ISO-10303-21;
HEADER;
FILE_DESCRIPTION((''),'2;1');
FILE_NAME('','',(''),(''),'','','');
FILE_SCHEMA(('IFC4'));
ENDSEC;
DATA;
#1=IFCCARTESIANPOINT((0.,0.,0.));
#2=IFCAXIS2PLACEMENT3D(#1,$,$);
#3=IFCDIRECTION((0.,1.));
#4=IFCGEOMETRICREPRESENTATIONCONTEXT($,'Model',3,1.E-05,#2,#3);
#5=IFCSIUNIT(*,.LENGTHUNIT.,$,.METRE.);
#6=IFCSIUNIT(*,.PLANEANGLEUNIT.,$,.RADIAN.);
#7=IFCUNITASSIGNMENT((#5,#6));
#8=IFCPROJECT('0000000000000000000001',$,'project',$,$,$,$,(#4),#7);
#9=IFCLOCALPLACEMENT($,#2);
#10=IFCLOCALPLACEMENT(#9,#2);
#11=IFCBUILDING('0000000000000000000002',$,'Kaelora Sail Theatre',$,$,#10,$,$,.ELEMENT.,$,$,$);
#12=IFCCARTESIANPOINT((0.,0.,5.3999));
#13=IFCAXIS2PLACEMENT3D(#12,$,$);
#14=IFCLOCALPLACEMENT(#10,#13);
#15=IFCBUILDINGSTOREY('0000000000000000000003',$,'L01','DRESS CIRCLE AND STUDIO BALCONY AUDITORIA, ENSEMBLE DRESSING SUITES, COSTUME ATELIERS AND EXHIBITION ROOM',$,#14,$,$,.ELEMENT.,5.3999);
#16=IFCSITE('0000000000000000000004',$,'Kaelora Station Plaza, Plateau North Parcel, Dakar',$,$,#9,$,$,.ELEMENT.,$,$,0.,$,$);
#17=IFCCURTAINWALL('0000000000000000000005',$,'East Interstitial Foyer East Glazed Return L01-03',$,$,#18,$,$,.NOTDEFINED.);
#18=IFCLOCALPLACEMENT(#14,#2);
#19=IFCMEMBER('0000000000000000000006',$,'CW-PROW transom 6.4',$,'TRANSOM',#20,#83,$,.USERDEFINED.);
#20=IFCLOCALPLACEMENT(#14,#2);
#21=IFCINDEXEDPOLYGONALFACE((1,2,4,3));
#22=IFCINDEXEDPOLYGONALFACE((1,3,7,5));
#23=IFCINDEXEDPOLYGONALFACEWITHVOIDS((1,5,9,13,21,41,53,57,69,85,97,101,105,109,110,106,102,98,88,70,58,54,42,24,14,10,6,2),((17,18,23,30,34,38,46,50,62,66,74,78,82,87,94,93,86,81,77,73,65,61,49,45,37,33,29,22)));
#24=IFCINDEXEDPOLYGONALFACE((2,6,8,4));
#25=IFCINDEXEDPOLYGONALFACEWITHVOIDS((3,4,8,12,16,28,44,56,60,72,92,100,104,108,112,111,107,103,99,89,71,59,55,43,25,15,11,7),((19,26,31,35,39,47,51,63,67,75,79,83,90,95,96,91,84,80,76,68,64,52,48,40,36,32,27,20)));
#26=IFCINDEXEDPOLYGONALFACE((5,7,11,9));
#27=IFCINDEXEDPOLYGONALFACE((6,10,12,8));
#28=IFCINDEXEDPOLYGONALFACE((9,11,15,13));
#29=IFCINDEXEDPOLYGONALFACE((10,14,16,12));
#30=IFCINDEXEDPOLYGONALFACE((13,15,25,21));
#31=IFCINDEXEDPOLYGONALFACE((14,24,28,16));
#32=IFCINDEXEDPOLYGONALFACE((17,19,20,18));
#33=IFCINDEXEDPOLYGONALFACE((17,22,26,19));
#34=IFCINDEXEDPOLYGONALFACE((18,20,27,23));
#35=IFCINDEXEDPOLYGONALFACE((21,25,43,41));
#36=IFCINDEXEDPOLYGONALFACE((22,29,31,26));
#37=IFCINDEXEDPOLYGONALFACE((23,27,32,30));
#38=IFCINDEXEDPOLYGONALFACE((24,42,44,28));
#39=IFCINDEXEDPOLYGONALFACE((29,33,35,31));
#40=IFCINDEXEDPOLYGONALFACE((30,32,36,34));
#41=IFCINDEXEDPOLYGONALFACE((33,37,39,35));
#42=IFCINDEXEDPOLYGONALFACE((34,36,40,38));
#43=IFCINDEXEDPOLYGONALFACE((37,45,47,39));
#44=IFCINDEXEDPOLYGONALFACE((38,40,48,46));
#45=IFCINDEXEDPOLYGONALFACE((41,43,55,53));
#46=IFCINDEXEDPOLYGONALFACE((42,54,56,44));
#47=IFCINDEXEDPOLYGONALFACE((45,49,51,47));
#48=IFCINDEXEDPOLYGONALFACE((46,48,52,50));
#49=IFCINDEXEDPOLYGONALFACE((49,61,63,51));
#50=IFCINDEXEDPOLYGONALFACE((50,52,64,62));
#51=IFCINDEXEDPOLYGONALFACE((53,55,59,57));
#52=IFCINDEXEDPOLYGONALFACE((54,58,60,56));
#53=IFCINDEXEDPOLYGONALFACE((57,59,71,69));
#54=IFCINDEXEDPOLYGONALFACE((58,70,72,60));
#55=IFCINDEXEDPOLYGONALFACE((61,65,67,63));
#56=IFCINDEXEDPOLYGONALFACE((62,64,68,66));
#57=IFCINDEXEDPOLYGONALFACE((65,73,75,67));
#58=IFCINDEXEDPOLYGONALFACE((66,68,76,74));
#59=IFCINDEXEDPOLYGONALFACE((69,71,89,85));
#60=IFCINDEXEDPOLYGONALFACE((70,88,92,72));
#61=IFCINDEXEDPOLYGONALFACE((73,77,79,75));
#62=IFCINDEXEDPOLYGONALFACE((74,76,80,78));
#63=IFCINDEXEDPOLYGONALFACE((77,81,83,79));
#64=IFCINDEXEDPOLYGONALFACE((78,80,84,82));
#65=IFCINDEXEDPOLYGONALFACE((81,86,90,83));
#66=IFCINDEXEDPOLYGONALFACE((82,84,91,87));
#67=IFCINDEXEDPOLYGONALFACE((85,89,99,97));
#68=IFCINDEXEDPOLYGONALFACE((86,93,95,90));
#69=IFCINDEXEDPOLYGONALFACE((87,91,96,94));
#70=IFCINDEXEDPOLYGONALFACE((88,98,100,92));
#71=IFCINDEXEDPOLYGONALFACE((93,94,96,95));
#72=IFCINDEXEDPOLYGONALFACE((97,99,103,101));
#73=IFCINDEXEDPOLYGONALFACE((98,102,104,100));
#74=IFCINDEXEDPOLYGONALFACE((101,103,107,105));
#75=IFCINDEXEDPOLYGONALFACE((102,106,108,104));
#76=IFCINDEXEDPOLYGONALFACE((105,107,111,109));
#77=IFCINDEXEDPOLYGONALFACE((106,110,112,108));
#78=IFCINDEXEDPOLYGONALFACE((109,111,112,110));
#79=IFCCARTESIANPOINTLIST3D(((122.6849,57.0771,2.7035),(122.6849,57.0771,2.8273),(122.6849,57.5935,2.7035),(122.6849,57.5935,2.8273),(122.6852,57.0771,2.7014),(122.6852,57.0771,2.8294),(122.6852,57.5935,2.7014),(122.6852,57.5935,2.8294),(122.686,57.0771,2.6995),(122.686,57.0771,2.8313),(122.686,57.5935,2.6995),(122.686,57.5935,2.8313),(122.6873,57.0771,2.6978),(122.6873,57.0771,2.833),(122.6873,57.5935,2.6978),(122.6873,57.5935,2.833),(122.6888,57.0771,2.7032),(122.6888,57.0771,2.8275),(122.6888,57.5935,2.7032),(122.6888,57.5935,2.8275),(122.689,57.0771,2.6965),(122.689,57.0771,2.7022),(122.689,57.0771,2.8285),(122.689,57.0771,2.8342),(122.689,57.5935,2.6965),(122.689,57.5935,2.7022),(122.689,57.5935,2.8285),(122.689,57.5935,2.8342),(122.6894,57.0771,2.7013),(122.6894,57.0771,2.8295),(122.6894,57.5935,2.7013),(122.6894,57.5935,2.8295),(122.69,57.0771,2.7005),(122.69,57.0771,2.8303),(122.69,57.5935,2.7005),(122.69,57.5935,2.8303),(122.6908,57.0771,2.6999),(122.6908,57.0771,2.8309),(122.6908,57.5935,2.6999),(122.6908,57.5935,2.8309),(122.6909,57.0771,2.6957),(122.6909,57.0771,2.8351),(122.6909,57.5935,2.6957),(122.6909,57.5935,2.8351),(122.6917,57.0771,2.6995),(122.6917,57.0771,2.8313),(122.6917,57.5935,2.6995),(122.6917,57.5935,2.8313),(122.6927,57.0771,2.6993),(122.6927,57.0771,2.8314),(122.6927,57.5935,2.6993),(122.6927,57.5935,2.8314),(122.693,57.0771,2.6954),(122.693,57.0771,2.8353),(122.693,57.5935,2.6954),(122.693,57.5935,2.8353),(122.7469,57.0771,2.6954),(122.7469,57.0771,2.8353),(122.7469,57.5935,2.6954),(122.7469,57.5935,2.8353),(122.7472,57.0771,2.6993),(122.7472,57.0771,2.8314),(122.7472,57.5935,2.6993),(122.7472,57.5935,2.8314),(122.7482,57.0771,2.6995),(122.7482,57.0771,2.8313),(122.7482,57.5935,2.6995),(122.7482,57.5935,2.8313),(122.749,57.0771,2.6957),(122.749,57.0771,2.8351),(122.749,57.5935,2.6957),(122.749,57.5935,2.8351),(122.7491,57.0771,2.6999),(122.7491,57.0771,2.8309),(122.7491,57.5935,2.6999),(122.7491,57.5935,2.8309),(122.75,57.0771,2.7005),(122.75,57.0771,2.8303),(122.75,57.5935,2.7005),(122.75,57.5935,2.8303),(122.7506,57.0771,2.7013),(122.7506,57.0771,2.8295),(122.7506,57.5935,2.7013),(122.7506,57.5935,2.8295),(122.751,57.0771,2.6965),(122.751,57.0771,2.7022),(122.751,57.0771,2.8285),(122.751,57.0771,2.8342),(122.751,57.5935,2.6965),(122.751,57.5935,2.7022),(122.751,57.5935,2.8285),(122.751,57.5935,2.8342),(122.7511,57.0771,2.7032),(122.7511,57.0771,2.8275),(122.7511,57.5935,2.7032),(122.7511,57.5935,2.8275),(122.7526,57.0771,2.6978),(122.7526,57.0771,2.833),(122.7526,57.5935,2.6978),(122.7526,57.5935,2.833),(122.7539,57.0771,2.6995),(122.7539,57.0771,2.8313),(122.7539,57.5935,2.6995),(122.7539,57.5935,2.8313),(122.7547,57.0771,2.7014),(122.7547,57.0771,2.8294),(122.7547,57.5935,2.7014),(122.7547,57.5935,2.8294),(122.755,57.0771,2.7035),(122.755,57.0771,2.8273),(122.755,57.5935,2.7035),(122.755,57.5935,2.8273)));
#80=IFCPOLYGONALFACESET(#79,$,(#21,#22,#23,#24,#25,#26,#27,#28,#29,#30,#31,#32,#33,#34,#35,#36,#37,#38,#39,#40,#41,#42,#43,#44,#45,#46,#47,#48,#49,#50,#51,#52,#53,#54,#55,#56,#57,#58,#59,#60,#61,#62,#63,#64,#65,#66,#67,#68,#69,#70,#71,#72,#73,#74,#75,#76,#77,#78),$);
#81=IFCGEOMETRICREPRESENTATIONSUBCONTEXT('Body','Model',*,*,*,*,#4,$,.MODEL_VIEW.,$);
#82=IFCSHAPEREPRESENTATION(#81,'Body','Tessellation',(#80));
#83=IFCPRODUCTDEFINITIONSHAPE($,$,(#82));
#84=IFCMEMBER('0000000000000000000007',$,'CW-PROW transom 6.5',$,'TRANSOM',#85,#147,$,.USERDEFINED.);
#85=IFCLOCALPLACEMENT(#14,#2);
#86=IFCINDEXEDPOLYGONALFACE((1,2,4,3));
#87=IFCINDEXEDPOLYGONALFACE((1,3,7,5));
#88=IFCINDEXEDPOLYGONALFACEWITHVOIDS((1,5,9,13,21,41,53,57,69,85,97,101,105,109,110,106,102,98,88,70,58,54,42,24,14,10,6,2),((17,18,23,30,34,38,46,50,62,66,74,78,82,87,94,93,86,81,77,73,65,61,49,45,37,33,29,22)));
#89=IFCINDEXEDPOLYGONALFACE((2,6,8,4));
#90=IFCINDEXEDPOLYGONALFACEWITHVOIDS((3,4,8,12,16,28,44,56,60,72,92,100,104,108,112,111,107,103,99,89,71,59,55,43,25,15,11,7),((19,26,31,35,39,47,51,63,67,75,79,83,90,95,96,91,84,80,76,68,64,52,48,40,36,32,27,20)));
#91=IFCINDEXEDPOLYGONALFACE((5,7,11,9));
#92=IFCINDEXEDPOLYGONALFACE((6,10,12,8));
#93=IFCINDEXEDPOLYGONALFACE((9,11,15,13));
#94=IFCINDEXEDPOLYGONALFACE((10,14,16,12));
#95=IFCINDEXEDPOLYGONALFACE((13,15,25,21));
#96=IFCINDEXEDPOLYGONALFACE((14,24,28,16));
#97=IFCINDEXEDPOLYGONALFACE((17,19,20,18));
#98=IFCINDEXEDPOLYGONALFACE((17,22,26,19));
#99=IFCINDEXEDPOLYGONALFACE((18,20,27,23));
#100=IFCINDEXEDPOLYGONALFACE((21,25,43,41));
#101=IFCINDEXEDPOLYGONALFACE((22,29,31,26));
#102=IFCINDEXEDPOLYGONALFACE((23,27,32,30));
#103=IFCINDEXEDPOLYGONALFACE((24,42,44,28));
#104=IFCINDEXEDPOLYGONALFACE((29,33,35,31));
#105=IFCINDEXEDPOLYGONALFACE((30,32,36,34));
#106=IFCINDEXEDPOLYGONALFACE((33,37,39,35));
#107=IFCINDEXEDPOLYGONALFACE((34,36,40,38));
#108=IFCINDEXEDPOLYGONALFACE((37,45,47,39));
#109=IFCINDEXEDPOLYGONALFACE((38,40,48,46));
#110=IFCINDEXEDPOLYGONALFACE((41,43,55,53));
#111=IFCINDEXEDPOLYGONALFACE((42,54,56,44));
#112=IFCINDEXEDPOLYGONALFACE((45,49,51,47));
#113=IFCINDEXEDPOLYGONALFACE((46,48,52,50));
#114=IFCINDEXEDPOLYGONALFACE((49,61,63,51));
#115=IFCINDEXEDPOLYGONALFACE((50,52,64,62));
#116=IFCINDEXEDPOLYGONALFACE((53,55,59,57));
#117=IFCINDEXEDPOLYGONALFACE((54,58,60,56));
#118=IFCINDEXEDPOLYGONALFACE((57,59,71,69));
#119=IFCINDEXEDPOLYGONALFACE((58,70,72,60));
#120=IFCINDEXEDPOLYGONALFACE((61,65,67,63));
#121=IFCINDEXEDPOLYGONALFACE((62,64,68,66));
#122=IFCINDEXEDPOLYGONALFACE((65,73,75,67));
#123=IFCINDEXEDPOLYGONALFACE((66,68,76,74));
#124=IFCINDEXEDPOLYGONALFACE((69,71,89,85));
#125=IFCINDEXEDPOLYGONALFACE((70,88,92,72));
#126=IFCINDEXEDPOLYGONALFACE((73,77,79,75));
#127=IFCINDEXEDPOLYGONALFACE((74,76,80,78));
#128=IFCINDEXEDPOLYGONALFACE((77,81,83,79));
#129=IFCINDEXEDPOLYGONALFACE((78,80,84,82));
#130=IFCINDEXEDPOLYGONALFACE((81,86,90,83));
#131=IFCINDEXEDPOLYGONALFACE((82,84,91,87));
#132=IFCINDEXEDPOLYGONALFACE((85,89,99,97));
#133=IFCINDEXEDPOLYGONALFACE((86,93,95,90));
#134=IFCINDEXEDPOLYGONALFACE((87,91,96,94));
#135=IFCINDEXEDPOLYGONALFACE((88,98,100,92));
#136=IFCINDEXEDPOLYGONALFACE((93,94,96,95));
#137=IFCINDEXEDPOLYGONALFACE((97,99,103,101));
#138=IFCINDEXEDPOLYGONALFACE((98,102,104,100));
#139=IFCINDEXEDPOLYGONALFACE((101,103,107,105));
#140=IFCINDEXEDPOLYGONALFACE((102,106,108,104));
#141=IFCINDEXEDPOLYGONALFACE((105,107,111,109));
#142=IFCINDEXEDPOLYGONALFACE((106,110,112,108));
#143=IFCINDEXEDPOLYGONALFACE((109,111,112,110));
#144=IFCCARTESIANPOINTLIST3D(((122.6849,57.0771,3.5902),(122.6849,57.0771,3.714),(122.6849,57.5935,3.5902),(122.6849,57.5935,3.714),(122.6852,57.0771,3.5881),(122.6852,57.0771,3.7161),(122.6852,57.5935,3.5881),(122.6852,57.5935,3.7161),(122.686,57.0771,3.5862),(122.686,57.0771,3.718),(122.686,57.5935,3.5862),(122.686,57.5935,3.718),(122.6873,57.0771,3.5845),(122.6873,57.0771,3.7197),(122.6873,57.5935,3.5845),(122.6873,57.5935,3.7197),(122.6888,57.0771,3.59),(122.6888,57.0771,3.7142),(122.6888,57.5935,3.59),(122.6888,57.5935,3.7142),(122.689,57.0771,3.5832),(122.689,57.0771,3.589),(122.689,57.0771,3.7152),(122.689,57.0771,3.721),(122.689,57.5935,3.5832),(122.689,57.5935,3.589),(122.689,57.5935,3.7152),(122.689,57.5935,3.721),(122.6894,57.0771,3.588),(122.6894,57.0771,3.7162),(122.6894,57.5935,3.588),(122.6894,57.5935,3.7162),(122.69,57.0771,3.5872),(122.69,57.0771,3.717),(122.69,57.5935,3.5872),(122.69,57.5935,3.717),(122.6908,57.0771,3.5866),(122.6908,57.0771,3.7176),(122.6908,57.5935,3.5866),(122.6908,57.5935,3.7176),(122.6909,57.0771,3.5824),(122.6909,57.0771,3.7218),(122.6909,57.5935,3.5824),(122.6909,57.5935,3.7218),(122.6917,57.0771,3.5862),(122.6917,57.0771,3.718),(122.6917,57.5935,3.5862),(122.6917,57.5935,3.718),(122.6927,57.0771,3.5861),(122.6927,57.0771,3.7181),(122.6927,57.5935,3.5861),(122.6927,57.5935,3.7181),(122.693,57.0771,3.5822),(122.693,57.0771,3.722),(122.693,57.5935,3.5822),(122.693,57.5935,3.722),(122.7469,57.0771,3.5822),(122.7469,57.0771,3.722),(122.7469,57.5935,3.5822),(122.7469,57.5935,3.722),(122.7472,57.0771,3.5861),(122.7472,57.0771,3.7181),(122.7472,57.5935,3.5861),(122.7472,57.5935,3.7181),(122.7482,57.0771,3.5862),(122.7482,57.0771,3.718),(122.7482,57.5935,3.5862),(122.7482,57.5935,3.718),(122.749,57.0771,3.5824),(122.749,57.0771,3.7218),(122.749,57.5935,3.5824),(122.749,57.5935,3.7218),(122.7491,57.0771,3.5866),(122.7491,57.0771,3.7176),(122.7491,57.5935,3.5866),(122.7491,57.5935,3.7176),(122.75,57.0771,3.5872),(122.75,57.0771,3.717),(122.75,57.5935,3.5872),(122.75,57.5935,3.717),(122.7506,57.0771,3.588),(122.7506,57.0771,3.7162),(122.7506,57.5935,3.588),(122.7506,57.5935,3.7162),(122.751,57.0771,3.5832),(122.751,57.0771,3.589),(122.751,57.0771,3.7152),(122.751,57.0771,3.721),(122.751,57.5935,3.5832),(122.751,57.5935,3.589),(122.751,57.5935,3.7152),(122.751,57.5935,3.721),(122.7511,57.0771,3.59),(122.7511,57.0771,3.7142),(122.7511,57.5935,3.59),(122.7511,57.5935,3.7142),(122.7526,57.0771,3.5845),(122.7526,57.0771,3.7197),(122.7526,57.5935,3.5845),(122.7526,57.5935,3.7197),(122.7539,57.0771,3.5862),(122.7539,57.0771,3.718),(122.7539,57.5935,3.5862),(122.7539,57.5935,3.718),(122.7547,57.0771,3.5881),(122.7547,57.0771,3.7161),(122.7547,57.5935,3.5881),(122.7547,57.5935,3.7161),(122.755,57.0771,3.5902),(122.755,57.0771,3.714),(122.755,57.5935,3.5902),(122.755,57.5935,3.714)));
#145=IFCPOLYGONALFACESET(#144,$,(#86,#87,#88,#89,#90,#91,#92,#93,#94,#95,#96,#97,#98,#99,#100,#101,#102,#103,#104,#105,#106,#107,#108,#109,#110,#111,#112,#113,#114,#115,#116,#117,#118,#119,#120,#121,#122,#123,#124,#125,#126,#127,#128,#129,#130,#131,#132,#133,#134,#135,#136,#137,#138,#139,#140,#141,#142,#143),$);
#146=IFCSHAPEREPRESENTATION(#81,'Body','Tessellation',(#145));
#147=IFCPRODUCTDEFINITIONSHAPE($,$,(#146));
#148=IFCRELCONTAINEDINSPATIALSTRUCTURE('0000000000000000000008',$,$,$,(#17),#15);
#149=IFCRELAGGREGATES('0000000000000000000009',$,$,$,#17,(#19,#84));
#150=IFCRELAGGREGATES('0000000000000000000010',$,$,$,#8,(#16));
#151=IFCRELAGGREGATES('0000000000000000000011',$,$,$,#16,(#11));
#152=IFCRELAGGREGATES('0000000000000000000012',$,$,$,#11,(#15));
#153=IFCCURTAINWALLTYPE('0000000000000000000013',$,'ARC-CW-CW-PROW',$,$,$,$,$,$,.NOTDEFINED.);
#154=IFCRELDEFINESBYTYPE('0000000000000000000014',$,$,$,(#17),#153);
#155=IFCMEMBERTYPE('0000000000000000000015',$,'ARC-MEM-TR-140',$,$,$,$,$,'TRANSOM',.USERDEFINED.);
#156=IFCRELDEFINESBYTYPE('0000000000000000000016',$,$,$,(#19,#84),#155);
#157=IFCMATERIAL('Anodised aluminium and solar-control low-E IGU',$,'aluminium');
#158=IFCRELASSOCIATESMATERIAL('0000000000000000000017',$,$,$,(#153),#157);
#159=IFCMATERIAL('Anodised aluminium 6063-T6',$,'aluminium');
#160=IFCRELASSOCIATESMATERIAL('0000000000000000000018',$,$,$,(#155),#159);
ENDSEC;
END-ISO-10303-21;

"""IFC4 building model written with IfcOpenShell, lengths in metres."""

from ifc_helpers import new_model, si_unit, direction, frame, origin, origin_2d, place, context, subcontext, project, spatial, hollow_rectangle, extrude, material, material_profile, profile_set, type_object, element, aggregate, save


model = new_model("IFC4")

# Units and contexts
model_context = context("Model", 3, precision=1e-05, world=origin(), true_north=direction((0.0, 1.0)))
body_context = subcontext(model_context, "Body", "Model", "MODEL_VIEW")
ifc_project = project(units=[si_unit("LENGTHUNIT", "METRE"), si_unit("PLANEANGLEUNIT", "RADIAN")], contexts=[model_context])

# Site, building, storey
site_placement = place(None, origin())
site = spatial("IfcSite", under=ifc_project, at=site_placement, Name="Kaelora Station Plaza, Plateau North Parcel, Dakar", CompositionType="ELEMENT", RefElevation=0.0)
building_placement = place(site_placement, origin())
building = spatial("IfcBuilding", under=site, at=building_placement, Name="Kaelora Sail Theatre", CompositionType="ELEMENT")
storey_placement = place(building_placement, frame((0.0, 0.0, 5.3999)))
storey = spatial("IfcBuildingStorey", under=building, at=storey_placement, Name="L01", Description="DRESS CIRCLE AND STUDIO BALCONY AUDITORIA, ENSEMBLE DRESSING SUITES, COSTUME ATELIERS AND EXHIBITION ROOM", CompositionType="ELEMENT", Elevation=5.3999)

# Curtain wall, members
ifc_material_1 = material(Name="Anodised aluminium and solar-control low-E IGU", Category="aluminium")
curtain_wall_type = type_object("IfcCurtainWallType", Name="ARC-CW-CW-PROW", PredefinedType="NOTDEFINED", material=ifc_material_1)
curtain_wall_placement = place(storey_placement, origin())
curtain_wall = element("IfcCurtainWall", 1, at=curtain_wall_placement, inside=storey, type_object=curtain_wall_type, Name="East Interstitial Foyer East Glazed Return L01-03", PredefinedType="NOTDEFINED")
ifc_material_2 = material(Name="Anodised aluminium 6063-T6", Category="aluminium")
ifc_material_profile_1 = material_profile(ifc_material_2, hollow_rectangle(XDim=0.0701, YDim=0.1399, WallThickness=0.0039, InnerFilletRadius=0.0039, OuterFilletRadius=0.0081, at=origin_2d()), Name="ALU-TRAN 70x140x4")
ifc_profile_set_1 = profile_set([ifc_material_profile_1], Name="Anodised aluminium 6063-T6")
member_type_1 = type_object("IfcMemberType", Name="ARC-MEM-TR-140", ElementType="TRANSOM", PredefinedType="USERDEFINED", material=ifc_profile_set_1)
member_1_placement = place(storey_placement, frame((122.72, 57.0771, 2.7654), z_axis=(0.0, 1.0, 0.0), x_axis=(-1.0, 0.0, 0.0)))
member_1 = element("IfcMember", 2, at=member_1_placement, type_object=member_type_1, Name="CW-PROW transom 6.4", ObjectType="TRANSOM", PredefinedType="USERDEFINED", context=body_context, shape_type="SweptSolid", body=[
    extrude(hollow_rectangle(XDim=0.0701, YDim=0.1399, WallThickness=0.0039, InnerFilletRadius=0.0039, OuterFilletRadius=0.0081, at=origin_2d()), origin(), (0.0, 0.0, 1.0), 0.5164),
])
member_2_placement = place(storey_placement, frame((122.72, 57.0771, 3.6521), z_axis=(0.0, 1.0, 0.0), x_axis=(-1.0, 0.0, 0.0)))
member_2 = element("IfcMember", 3, at=member_2_placement, type_object=member_type_1, Name="CW-PROW transom 6.5", ObjectType="TRANSOM", PredefinedType="USERDEFINED", context=body_context, shape_type="SweptSolid", body=[
    extrude(hollow_rectangle(XDim=0.0701, YDim=0.1399, WallThickness=0.0039, InnerFilletRadius=0.0039, OuterFilletRadius=0.0081, at=origin_2d()), origin(), (0.0, 0.0, 1.0), 0.5164),
])

aggregate(curtain_wall, [member_1, member_2])

save(model, "model.ifc")
